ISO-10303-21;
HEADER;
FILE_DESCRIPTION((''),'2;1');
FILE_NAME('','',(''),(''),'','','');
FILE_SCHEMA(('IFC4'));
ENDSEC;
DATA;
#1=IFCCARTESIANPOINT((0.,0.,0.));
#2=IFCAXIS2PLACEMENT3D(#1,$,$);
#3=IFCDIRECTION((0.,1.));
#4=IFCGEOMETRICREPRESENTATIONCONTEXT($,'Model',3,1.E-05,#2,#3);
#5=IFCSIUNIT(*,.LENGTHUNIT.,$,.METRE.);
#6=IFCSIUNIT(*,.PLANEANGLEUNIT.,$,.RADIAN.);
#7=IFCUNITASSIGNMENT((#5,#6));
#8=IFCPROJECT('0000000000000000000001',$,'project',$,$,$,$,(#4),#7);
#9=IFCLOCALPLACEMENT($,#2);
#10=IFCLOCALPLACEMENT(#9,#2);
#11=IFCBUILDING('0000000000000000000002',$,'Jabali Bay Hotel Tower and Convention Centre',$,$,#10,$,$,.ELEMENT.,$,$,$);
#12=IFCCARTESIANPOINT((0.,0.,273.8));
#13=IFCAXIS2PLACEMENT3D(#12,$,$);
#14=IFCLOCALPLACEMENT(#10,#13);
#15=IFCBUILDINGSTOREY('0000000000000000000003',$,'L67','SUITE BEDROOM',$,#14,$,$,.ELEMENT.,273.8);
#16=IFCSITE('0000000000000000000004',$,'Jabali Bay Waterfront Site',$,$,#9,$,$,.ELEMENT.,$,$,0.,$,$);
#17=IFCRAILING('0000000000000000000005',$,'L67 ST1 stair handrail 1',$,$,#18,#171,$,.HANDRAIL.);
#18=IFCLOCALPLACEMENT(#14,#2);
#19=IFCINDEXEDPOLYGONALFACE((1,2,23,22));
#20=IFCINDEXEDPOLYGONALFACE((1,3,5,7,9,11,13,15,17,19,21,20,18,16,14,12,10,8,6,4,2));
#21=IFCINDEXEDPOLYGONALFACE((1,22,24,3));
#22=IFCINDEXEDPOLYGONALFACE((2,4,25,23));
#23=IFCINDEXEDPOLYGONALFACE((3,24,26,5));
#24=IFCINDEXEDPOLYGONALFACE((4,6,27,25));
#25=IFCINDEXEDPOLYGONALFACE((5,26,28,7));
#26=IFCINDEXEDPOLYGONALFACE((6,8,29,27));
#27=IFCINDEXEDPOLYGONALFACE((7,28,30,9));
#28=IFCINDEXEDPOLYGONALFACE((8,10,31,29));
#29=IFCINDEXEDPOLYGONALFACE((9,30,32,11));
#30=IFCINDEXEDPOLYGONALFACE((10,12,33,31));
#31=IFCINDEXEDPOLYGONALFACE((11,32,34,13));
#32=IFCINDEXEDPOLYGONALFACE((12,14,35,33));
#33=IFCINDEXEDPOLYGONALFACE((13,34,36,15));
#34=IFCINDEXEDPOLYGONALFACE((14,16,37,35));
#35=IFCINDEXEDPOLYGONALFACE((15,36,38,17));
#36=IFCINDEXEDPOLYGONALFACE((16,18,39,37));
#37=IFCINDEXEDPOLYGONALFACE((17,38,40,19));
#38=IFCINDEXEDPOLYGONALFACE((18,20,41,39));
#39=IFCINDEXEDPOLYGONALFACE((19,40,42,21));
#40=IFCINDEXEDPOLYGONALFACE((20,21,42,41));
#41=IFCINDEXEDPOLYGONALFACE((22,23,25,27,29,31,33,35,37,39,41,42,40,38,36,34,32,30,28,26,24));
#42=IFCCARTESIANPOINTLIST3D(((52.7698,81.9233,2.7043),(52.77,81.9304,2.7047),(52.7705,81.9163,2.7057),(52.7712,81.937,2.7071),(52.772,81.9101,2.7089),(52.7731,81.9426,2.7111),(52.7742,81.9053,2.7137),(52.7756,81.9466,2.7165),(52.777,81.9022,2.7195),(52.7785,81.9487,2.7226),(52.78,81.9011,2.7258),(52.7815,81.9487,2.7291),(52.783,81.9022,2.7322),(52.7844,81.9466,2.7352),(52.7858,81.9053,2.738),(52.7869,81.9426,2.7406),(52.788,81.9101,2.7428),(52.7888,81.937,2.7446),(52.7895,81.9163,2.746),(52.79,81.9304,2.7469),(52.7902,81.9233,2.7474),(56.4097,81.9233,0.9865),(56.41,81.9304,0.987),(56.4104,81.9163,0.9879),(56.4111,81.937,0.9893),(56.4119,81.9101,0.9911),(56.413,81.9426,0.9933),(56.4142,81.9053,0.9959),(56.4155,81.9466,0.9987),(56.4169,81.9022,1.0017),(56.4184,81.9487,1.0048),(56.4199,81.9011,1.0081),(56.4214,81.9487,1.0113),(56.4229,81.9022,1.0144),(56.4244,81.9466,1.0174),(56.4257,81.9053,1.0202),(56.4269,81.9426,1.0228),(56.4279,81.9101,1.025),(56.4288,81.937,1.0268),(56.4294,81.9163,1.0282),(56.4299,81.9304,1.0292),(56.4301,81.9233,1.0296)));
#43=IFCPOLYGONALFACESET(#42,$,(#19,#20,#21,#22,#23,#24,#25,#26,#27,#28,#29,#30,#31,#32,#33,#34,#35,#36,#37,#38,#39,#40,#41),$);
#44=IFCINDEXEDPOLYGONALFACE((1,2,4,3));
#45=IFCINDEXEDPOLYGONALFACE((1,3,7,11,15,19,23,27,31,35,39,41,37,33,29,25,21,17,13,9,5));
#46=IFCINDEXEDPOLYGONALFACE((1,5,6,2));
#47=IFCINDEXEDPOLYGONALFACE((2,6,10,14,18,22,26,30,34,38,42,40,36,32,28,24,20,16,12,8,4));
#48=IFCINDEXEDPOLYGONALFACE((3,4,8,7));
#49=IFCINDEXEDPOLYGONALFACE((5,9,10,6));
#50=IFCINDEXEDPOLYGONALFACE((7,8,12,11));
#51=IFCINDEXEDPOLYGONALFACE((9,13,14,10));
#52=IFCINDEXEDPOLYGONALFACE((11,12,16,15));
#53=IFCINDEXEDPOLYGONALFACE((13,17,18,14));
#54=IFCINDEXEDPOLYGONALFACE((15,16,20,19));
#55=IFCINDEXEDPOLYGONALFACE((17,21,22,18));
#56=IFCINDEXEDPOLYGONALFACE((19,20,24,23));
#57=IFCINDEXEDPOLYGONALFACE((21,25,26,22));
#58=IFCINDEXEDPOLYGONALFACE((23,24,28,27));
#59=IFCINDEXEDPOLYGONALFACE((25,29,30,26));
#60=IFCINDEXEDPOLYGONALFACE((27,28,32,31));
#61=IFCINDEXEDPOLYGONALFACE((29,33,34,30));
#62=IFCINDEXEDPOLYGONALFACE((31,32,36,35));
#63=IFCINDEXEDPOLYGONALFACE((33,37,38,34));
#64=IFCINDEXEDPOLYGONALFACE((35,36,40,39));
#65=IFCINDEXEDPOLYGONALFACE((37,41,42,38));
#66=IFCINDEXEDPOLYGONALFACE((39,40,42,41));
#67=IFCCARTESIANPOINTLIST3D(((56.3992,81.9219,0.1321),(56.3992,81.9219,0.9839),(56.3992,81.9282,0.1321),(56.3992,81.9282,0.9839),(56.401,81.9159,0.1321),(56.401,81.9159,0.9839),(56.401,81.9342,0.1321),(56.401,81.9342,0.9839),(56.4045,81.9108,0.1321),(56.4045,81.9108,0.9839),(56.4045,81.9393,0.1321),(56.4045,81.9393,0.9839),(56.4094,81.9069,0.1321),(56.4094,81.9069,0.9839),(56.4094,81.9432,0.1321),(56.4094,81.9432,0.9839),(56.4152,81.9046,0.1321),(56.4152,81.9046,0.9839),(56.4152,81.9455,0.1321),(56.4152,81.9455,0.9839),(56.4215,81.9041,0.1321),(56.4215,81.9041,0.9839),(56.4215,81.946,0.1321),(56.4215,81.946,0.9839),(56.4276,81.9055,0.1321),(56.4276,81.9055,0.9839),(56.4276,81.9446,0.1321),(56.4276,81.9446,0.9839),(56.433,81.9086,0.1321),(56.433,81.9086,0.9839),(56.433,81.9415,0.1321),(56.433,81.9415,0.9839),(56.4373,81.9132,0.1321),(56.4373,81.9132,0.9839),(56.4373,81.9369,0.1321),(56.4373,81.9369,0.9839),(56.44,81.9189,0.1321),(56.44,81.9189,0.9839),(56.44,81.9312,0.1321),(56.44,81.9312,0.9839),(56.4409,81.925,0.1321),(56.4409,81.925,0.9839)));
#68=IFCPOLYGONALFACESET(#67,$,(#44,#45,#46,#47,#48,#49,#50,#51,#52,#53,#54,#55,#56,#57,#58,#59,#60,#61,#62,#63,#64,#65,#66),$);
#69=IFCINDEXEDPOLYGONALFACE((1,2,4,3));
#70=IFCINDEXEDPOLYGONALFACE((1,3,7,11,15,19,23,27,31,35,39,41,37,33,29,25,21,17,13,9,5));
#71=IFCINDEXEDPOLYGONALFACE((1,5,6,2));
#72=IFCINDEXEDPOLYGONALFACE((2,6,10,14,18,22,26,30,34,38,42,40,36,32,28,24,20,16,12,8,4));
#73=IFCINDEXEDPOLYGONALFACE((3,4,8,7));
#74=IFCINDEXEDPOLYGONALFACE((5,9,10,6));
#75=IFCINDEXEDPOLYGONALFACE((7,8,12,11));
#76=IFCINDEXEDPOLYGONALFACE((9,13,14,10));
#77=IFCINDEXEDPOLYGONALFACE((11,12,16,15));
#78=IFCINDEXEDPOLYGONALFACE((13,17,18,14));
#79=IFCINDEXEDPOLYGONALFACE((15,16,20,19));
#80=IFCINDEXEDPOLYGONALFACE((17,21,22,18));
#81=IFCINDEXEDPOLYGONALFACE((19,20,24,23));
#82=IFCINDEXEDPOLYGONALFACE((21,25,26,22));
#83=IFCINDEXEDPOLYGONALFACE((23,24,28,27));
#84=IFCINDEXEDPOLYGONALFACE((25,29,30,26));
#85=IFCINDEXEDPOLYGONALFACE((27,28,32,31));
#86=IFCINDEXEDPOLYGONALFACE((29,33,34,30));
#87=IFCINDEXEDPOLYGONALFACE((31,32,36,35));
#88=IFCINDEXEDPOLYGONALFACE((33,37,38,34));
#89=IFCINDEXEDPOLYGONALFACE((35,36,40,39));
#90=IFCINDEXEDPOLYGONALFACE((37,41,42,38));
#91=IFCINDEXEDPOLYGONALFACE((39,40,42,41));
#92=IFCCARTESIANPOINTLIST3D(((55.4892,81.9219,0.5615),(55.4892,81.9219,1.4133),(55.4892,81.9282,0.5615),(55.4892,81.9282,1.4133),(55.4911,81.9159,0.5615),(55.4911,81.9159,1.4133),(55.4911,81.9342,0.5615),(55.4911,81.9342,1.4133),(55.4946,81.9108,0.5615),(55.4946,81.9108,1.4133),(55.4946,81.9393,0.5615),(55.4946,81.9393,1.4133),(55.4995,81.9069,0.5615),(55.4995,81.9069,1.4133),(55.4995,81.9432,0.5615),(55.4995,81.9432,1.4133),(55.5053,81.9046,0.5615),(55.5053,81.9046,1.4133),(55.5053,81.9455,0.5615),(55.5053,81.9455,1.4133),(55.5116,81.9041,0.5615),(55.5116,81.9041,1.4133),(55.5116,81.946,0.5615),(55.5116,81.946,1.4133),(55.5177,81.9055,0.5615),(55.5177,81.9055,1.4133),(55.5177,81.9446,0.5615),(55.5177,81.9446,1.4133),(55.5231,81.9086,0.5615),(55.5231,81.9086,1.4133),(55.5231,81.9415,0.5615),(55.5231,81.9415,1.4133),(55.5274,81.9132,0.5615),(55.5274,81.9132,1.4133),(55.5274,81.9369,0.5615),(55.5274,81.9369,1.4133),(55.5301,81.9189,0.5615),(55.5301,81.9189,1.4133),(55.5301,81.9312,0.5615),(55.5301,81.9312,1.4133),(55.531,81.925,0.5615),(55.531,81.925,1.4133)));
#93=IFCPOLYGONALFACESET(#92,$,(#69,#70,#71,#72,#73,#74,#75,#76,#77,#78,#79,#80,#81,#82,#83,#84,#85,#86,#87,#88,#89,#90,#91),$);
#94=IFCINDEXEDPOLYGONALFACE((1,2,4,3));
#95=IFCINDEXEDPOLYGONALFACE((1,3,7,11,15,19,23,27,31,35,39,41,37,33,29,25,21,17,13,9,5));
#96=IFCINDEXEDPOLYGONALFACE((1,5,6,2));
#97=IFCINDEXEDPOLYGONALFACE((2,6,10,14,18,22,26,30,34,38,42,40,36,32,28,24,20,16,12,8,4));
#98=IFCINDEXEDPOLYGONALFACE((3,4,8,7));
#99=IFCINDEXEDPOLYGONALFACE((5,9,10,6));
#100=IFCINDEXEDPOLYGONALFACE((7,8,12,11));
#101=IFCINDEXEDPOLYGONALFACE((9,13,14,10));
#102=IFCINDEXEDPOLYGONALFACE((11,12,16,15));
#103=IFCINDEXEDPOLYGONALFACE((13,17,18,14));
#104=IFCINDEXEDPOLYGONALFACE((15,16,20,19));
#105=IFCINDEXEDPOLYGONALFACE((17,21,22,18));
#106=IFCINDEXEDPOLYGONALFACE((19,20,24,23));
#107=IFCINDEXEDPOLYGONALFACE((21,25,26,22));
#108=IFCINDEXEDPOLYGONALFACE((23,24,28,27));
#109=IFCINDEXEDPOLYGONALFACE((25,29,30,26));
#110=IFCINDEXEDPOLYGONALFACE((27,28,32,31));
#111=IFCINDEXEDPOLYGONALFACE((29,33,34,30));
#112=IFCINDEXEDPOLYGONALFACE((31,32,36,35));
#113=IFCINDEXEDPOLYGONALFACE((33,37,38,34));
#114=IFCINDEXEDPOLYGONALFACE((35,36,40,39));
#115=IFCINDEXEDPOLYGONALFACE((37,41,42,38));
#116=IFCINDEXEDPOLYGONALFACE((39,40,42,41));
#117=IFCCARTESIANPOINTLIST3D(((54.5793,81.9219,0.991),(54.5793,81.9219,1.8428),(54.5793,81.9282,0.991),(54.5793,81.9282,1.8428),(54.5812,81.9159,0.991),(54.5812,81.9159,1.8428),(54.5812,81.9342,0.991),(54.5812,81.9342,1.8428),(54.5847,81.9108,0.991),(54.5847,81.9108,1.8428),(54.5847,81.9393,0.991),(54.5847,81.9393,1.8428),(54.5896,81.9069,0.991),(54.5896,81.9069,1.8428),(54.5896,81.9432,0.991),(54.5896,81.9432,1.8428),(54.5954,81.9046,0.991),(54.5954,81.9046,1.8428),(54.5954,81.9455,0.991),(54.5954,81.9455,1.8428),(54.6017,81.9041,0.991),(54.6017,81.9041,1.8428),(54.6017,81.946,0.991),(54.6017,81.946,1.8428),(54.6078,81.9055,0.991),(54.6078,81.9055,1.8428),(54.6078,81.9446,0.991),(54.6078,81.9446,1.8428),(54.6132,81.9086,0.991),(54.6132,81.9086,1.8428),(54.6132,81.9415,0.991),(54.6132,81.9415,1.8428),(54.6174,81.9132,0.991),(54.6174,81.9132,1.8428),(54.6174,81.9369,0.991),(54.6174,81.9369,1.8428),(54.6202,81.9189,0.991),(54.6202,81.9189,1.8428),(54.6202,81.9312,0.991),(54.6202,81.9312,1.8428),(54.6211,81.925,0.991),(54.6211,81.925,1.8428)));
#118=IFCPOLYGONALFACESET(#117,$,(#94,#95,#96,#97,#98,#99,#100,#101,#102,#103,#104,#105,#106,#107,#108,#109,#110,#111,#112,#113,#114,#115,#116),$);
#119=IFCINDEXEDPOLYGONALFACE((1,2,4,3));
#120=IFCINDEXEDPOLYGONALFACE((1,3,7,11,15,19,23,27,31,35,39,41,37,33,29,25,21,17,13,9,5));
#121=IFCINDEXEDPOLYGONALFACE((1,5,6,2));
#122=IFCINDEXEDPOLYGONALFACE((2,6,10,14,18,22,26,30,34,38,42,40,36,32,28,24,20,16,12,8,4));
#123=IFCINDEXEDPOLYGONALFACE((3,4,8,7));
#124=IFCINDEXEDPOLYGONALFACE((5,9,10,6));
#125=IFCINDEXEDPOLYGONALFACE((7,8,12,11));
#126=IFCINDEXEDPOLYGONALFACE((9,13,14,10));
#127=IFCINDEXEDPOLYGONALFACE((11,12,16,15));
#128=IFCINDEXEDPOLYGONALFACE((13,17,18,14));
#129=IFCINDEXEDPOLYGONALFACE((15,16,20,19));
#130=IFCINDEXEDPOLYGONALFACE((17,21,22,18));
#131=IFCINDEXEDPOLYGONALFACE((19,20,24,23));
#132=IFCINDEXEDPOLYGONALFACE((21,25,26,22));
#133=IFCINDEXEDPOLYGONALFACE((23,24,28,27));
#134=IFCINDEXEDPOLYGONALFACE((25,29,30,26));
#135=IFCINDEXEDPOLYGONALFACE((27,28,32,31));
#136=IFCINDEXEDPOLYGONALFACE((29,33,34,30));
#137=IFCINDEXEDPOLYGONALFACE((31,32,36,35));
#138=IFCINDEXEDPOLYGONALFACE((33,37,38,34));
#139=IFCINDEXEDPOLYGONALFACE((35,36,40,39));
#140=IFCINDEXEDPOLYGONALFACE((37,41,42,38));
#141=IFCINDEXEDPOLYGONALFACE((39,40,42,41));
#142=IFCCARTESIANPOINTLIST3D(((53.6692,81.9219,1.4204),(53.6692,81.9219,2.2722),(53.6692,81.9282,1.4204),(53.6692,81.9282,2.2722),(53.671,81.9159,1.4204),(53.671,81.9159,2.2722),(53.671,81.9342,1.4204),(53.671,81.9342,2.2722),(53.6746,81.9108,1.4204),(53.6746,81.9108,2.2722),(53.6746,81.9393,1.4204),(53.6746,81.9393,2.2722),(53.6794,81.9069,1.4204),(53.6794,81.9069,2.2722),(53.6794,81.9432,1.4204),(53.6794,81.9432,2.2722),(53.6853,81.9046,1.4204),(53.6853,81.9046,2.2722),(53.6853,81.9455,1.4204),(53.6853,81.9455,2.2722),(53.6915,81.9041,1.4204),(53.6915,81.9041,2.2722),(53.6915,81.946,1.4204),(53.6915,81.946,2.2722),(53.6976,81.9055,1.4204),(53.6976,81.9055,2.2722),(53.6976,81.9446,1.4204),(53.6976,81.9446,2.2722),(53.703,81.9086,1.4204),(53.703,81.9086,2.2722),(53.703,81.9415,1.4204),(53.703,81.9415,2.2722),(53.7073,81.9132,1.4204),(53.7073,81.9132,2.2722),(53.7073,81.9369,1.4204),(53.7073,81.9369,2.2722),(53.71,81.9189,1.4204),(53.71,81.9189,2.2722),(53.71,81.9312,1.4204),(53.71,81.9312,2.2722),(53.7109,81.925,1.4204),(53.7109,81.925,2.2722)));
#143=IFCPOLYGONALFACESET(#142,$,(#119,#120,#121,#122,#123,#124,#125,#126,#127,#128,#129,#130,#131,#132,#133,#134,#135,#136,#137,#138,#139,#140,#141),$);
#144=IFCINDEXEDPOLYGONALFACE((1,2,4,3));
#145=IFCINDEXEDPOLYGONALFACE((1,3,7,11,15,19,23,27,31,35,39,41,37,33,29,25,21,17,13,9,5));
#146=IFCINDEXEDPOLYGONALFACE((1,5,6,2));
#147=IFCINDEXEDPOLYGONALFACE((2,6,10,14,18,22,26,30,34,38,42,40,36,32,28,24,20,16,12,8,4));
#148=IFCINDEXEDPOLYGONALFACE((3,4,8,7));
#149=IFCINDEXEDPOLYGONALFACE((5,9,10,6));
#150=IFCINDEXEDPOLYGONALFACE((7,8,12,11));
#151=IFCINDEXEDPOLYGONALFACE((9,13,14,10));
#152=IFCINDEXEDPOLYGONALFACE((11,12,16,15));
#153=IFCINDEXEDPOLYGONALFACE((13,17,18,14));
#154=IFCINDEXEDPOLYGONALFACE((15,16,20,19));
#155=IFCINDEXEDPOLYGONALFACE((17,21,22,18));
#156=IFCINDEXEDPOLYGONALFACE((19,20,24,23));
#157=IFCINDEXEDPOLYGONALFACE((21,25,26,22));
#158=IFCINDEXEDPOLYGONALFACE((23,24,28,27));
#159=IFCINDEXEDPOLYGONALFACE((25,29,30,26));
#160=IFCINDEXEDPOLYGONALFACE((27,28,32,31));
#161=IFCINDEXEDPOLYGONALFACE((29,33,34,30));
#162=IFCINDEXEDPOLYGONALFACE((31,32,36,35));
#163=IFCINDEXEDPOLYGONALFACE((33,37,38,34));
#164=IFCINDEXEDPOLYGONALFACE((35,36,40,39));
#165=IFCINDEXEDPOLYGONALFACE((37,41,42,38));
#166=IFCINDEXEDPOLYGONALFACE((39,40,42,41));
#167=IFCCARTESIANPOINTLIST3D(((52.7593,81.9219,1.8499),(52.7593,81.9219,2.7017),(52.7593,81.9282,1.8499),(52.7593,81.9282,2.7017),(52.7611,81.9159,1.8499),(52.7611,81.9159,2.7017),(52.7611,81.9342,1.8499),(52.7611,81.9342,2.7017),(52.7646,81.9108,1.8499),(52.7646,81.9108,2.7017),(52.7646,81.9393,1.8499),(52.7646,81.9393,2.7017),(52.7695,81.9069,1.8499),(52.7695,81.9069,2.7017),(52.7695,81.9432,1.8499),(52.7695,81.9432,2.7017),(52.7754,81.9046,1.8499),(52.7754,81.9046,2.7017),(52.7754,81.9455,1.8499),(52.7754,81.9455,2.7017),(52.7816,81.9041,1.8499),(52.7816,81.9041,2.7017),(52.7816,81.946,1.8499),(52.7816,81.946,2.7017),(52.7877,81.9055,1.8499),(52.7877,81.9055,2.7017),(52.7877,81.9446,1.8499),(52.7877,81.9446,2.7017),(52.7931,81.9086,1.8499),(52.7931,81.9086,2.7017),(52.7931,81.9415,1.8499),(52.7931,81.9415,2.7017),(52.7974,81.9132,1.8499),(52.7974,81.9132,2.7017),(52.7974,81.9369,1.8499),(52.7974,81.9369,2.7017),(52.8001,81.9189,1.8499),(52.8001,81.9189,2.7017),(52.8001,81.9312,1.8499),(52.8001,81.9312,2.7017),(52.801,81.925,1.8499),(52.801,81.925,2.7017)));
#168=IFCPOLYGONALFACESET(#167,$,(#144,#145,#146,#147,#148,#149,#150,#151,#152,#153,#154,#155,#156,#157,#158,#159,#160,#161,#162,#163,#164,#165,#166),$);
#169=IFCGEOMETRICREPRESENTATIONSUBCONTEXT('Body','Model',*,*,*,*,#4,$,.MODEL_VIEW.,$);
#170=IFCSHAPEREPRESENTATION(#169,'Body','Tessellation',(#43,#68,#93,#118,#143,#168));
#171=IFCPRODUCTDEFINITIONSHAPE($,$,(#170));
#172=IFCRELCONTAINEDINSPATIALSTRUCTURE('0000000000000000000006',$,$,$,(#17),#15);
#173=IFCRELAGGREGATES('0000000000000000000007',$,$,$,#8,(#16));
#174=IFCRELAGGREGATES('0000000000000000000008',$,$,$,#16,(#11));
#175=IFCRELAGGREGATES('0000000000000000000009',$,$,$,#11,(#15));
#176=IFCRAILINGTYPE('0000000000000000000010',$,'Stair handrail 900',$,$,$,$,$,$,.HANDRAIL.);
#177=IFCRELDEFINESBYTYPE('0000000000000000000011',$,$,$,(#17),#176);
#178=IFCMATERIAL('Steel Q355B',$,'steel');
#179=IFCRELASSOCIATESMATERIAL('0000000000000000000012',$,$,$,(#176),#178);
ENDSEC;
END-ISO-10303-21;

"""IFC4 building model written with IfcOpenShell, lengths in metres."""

from ifc_helpers import new_model, si_unit, direction, frame, origin, origin_2d, place, context, subcontext, project, spatial, circle, extrude, material, type_object, element, save


model = new_model("IFC4")

# Units and contexts
model_context = context("Model", 3, precision=1e-05, world=origin(), true_north=direction((0.0, 1.0)))
body_context = subcontext(model_context, "Body", "Model", "MODEL_VIEW")
ifc_project = project(units=[si_unit("LENGTHUNIT", "METRE"), si_unit("PLANEANGLEUNIT", "RADIAN")], contexts=[model_context])

# Site, building, storey
site_placement = place(None, origin())
site = spatial("IfcSite", under=ifc_project, at=site_placement, Name="Jabali Bay Waterfront Site", CompositionType="ELEMENT", RefElevation=0.0)
building_placement = place(site_placement, origin())
building = spatial("IfcBuilding", under=site, at=building_placement, Name="Jabali Bay Hotel Tower and Convention Centre", CompositionType="ELEMENT")
storey_placement = place(building_placement, frame((0.0, 0.0, 273.8)))
storey = spatial("IfcBuildingStorey", under=building, at=storey_placement, Name="L67", Description="SUITE BEDROOM", CompositionType="ELEMENT", Elevation=273.8)

# Railing
ifc_material_1 = material(Name="Steel Q355B", Category="steel")
railing_type_1 = type_object("IfcRailingType", Name="Stair handrail 900", PredefinedType="HANDRAIL", material=ifc_material_1)
railing_1_placement = place(storey_placement, frame((56.4199, 81.925, 0.1321)))
element("IfcRailing", 1, at=railing_1_placement, inside=storey, type_object=railing_type_1, Name="L67 ST1 stair handrail 1", PredefinedType="HANDRAIL", context=body_context, shape_type="SweptSolid", body=[
    extrude(circle(Radius=0.0239, at=origin_2d()), frame((0.0, 0.0, 0.876), z_axis=(-0.904351, 0.0, 0.42679), x_axis=(0.0, -1.0, 0.0)), (0.0, 0.0, 1.0), 4.0249),
    extrude(circle(Radius=0.021, at=origin_2d()), origin(), (0.0, 0.0, 1.0), 0.8518),
    extrude(circle(Radius=0.021, at=origin_2d()), frame((-0.9099, 0.0, 0.4294)), (0.0, 0.0, 1.0), 0.8518),
    extrude(circle(Radius=0.021, at=origin_2d()), frame((-1.8198, 0.0, 0.8589)), (0.0, 0.0, 1.0), 0.8518),
    extrude(circle(Radius=0.021, at=origin_2d()), frame((-2.73, 0.0, 1.2883)), (0.0, 0.0, 1.0), 0.8518),
    extrude(circle(Radius=0.021, at=origin_2d()), frame((-3.6399, 0.0, 1.7178)), (0.0, 0.0, 1.0), 0.8518),
])

save(model, "model.ifc")
